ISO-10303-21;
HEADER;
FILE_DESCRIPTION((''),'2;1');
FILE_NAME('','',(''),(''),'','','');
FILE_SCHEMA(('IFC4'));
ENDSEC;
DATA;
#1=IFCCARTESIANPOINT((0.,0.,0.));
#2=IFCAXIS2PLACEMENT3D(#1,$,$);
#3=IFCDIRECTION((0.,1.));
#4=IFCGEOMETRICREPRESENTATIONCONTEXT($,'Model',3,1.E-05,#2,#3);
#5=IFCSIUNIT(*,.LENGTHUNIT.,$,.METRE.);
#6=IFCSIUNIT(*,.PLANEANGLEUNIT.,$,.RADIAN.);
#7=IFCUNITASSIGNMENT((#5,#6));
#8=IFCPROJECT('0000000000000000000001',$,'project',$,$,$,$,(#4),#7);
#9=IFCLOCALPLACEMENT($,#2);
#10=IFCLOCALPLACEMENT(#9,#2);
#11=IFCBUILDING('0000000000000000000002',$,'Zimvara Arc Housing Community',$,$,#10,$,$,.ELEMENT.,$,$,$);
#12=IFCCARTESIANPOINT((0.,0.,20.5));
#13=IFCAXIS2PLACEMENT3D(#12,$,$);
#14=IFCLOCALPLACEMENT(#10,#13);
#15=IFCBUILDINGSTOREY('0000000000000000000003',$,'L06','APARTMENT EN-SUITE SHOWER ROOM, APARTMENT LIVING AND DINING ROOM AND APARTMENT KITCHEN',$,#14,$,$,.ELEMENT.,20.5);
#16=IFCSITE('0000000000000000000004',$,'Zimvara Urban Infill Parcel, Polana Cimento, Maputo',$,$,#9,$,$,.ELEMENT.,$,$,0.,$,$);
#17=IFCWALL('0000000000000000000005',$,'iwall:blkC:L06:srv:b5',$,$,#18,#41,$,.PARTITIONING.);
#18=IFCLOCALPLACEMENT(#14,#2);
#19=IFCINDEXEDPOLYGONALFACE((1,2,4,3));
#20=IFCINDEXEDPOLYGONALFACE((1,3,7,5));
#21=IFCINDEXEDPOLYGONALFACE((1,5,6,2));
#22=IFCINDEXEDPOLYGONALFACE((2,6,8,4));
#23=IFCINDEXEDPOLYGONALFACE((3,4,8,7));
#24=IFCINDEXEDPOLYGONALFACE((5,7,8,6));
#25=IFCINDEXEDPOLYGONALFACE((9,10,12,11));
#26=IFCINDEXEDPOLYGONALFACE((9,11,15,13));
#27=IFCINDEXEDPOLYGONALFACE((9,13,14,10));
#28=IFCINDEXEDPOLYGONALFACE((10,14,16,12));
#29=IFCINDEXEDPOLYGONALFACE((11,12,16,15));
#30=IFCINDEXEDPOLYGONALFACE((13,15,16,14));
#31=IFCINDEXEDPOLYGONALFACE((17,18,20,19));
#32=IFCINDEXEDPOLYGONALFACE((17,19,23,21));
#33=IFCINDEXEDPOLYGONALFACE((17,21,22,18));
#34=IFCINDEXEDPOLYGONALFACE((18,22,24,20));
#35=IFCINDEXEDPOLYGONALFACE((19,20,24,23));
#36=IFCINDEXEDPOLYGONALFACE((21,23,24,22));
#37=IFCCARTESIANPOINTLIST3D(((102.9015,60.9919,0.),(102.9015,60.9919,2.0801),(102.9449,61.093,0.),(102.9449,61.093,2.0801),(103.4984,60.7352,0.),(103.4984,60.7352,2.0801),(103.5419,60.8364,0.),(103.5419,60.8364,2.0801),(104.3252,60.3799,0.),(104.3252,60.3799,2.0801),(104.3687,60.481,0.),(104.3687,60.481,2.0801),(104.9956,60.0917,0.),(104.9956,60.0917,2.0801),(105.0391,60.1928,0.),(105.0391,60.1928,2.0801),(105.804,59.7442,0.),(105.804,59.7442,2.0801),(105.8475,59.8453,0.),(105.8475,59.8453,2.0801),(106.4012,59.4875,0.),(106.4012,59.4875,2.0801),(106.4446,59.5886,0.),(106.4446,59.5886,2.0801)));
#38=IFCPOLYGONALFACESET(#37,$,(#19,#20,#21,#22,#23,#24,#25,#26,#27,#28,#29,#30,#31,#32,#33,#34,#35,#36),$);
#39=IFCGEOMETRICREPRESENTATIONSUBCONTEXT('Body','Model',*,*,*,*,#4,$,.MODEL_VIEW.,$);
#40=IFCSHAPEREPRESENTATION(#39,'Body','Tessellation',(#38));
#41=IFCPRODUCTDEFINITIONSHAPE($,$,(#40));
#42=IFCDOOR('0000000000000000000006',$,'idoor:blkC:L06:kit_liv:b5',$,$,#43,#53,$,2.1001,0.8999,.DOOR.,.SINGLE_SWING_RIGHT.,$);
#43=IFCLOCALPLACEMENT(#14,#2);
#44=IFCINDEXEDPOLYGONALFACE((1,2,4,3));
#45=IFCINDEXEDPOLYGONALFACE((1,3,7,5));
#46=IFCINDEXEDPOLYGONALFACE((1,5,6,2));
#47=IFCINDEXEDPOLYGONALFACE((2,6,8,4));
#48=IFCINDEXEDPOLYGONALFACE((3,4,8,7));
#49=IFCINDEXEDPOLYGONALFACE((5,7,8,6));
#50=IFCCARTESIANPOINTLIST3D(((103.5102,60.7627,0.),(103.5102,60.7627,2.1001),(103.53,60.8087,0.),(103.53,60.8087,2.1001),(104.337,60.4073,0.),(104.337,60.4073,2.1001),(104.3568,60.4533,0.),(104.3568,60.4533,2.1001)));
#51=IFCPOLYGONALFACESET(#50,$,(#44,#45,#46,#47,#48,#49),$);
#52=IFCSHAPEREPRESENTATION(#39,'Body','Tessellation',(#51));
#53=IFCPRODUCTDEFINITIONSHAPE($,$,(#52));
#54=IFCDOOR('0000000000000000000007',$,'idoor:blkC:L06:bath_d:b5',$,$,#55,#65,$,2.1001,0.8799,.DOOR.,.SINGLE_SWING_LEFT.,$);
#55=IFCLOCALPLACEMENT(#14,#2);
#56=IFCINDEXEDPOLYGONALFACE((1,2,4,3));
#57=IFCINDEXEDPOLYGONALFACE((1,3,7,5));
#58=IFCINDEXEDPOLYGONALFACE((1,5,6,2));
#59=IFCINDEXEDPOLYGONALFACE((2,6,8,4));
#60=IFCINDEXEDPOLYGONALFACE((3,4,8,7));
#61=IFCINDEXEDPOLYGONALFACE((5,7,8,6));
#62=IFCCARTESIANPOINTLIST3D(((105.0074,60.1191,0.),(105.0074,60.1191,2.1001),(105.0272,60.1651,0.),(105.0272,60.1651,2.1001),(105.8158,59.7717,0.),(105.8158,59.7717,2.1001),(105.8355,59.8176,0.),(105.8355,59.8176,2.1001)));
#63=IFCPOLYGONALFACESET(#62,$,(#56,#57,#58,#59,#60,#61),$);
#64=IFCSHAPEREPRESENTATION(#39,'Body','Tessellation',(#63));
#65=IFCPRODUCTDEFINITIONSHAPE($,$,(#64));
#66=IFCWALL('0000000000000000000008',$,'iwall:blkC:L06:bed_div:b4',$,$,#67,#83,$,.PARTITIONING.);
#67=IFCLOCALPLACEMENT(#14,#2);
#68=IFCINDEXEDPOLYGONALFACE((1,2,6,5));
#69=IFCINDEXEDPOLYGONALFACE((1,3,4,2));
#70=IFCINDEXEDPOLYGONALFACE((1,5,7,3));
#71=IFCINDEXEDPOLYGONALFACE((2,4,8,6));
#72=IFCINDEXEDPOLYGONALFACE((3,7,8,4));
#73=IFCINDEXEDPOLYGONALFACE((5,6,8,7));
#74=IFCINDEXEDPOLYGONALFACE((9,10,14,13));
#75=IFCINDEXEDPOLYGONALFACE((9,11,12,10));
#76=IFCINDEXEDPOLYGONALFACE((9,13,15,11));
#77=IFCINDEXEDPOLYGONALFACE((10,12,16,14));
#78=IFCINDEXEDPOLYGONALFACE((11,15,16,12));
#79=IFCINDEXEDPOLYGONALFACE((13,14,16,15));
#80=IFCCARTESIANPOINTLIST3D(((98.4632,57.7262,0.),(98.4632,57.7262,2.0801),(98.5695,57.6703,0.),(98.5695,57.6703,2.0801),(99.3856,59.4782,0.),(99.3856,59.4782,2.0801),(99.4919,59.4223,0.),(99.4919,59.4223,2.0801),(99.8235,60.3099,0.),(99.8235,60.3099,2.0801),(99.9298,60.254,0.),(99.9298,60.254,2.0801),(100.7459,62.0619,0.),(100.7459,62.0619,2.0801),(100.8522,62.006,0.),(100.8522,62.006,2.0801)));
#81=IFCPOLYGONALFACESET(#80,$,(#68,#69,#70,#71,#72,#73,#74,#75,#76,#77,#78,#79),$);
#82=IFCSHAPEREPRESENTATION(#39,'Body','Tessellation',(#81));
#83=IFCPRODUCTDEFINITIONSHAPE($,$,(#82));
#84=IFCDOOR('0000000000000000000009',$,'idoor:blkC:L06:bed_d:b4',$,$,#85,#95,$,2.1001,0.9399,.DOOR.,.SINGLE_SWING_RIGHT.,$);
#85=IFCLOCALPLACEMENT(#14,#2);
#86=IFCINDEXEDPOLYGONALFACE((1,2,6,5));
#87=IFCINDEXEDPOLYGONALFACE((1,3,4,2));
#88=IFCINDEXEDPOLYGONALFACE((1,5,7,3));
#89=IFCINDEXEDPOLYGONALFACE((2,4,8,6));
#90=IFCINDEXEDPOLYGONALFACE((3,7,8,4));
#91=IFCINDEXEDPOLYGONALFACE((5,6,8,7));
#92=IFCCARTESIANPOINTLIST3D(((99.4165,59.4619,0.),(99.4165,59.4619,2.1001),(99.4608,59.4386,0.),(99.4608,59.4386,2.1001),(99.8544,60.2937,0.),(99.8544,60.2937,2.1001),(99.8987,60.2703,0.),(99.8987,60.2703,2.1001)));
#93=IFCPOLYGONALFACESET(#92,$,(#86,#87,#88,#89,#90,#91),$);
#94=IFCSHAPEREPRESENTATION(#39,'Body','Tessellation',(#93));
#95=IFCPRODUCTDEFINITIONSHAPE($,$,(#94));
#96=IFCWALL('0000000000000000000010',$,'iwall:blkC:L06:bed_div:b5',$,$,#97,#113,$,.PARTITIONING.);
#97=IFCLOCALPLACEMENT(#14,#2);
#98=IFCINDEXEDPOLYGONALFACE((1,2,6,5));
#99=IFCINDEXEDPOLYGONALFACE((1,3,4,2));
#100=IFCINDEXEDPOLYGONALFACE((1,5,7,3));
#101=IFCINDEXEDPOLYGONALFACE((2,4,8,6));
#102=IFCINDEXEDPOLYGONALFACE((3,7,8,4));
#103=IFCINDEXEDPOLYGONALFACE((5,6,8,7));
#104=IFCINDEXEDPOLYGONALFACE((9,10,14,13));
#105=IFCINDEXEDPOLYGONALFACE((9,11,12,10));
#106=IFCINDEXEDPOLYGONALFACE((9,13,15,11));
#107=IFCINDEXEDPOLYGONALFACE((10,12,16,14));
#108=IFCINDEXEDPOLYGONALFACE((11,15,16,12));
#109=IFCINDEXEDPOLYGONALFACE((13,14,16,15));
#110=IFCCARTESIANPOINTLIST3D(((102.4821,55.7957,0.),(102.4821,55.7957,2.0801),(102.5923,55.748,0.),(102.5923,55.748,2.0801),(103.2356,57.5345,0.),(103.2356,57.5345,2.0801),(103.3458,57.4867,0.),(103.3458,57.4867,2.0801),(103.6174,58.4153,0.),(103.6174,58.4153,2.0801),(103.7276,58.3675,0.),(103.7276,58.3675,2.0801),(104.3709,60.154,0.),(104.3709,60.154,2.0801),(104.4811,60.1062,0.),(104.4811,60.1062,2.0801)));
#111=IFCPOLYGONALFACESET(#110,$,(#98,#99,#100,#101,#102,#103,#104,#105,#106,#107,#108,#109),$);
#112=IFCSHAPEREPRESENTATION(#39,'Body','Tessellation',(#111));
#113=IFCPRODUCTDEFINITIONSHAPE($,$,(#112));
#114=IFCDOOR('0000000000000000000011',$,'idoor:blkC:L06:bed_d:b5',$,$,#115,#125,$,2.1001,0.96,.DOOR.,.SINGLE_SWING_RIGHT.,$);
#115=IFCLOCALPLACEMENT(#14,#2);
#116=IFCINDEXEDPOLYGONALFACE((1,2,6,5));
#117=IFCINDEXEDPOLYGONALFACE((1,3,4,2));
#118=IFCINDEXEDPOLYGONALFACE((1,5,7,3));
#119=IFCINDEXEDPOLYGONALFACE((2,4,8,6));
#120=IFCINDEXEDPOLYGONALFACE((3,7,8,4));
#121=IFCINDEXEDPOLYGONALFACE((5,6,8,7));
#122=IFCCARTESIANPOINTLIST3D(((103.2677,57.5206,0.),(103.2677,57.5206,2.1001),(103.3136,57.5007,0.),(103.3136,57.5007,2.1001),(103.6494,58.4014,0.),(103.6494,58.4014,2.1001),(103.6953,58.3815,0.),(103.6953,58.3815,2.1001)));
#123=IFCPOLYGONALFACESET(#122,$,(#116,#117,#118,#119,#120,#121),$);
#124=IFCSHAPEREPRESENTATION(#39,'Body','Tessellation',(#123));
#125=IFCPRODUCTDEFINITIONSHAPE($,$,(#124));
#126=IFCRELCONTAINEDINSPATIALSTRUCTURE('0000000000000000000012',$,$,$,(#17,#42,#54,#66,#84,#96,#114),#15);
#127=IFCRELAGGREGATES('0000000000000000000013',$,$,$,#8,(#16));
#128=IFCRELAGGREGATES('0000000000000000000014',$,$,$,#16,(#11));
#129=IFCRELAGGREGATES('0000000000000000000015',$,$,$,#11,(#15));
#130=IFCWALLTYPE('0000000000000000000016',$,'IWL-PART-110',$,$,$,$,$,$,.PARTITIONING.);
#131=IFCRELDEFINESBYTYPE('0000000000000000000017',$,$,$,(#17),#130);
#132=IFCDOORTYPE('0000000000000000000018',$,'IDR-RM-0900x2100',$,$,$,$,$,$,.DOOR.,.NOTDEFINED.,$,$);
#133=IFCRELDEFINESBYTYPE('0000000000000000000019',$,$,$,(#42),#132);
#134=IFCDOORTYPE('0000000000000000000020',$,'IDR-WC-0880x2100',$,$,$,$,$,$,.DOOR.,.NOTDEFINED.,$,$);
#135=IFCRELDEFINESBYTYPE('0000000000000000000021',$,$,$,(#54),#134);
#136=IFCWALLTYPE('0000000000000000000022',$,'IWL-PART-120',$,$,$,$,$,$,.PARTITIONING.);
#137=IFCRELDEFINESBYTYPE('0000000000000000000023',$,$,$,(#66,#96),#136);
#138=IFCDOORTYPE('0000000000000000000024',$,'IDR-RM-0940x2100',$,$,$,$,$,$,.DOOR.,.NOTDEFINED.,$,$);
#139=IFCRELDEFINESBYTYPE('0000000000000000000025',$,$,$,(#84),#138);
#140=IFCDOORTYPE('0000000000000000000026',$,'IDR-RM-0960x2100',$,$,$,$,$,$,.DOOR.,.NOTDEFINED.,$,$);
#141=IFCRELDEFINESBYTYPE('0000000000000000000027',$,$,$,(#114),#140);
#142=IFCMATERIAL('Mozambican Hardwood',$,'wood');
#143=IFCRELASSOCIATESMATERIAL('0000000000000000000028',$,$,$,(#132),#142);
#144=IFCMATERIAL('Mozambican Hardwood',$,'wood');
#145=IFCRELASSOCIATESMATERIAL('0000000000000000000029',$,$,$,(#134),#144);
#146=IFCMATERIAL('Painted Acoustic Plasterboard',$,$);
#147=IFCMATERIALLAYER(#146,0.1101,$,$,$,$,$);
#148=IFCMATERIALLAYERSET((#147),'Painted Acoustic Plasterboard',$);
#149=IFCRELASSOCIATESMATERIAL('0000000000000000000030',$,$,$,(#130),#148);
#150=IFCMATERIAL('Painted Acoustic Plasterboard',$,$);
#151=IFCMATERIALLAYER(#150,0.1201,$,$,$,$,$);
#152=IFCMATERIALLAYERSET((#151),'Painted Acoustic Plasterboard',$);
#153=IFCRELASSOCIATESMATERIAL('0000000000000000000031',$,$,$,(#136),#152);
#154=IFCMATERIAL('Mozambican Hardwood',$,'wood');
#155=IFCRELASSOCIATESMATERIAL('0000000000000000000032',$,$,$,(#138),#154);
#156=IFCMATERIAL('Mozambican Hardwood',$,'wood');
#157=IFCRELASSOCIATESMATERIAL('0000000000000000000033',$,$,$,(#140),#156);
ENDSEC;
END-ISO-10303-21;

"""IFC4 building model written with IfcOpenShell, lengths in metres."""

from ifc_helpers import new_model, si_unit, direction, frame, frame_2d, origin, place, context, subcontext, project, spatial, rectangle, extrude, material, layer, layer_set, type_object, element, fill, save


model = new_model("IFC4")

# Units and contexts
model_context = context("Model", 3, precision=1e-05, world=origin(), true_north=direction((0.0, 1.0)))
body_context = subcontext(model_context, "Body", "Model", "MODEL_VIEW")
ifc_project = project(units=[si_unit("LENGTHUNIT", "METRE"), si_unit("PLANEANGLEUNIT", "RADIAN")], contexts=[model_context])

# Site, building, storey
site_placement = place(None, origin())
site = spatial("IfcSite", under=ifc_project, at=site_placement, Name="Zimvara Urban Infill Parcel, Polana Cimento, Maputo", CompositionType="ELEMENT", RefElevation=0.0)
building_placement = place(site_placement, origin())
building = spatial("IfcBuilding", under=site, at=building_placement, Name="Zimvara Arc Housing Community", CompositionType="ELEMENT")
storey_placement = place(building_placement, frame((0.0, 0.0, 20.5)))
storey = spatial("IfcBuildingStorey", under=building, at=storey_placement, Name="L06", Description="APARTMENT EN-SUITE SHOWER ROOM, APARTMENT LIVING AND DINING ROOM AND APARTMENT KITCHEN", CompositionType="ELEMENT", Elevation=20.5)

# Wall, openings, doors
ifc_material_1 = material(Name="Mozambican Hardwood", Category="wood")
door_type_1 = type_object("IfcDoorType", Name="IDR-RM-0900x2100", OperationType="NOTDEFINED", PredefinedType="DOOR", material=ifc_material_1)
ifc_material_2 = material(Name="Mozambican Hardwood", Category="wood")
door_type_2 = type_object("IfcDoorType", Name="IDR-WC-0880x2100", OperationType="NOTDEFINED", PredefinedType="DOOR", material=ifc_material_2)
ifc_material_3 = material(Name="Painted Acoustic Plasterboard")
ifc_layer_1 = layer(ifc_material_3, 0.1101)
ifc_layer_set_1 = layer_set([ifc_layer_1], Name="Painted Acoustic Plasterboard")
wall_type_1 = type_object("IfcWallType", Name="IWL-PART-110", PredefinedType="PARTITIONING", material=ifc_layer_set_1)
wall_1_placement = place(storey_placement, frame((102.9231, 61.0425, 0.0), z_axis=(0.0, 0.0, 1.0), x_axis=(0.918717, -0.394917, 0.0)))
wall_1 = element("IfcWall", 1, at=wall_1_placement, inside=storey, type_object=wall_type_1, Name="iwall:blkC:L06:srv:b5", PredefinedType="PARTITIONING", context=body_context, shape_type="SweptSolid", body=[
    extrude(rectangle(XDim=3.8093, YDim=0.1101, at=frame_2d((1.9048, 0.0))), origin(), (0.0, 0.0, 1.0), 2.0801),
])
opening_1_placement = place(wall_1_placement, frame((0.6499, 0.0, 0.0)))
opening_1 = element("IfcOpeningElement", 2, at=opening_1_placement, cuts=wall_1, PredefinedType="OPENING", context=body_context, shape_type="SweptSolid", body=[
    extrude(rectangle(XDim=0.8999, YDim=2.1001, at=frame_2d((0.45, 1.05))), frame((0.0, 0.0649, 0.0), z_axis=(0.0, -1.0, 0.0), x_axis=(1.0, 0.0, 0.0)), (0.0, 0.0, 1.0), 0.1301),
])
opening_2_placement = place(wall_1_placement, frame((2.2795, 0.0, 0.0)))
opening_2 = element("IfcOpeningElement", 3, at=opening_2_placement, cuts=wall_1, PredefinedType="OPENING", context=body_context, shape_type="SweptSolid", body=[
    extrude(rectangle(XDim=0.8799, YDim=2.1001, at=frame_2d((0.4399, 1.05))), frame((0.0, 0.0649, 0.0), z_axis=(0.0, -1.0, 0.0), x_axis=(1.0, 0.0, 0.0)), (0.0, 0.0, 1.0), 0.1301),
])
door_1_placement = place(opening_1_placement, origin())
door_1 = element("IfcDoor", 4, at=door_1_placement, inside=storey, type_object=door_type_1, Name="idoor:blkC:L06:kit_liv:b5", OperationType="SINGLE_SWING_RIGHT", OverallHeight=2.1001, OverallWidth=0.8999, PredefinedType="DOOR", context=body_context, shape_type="SweptSolid", body=[
    extrude(rectangle(XDim=0.8999, YDim=2.1001, at=frame_2d((0.45, 1.05))), frame((0.0, 0.0249, 0.0), z_axis=(0.0, -1.0, 0.0), x_axis=(1.0, 0.0, 0.0)), (0.0, 0.0, 1.0), 0.05),
])
fill(opening_1, door_1)
door_2_placement = place(opening_2_placement, origin())
door_2 = element("IfcDoor", 5, at=door_2_placement, inside=storey, type_object=door_type_2, Name="idoor:blkC:L06:bath_d:b5", OperationType="SINGLE_SWING_LEFT", OverallHeight=2.1001, OverallWidth=0.8799, PredefinedType="DOOR", context=body_context, shape_type="SweptSolid", body=[
    extrude(rectangle(XDim=0.8799, YDim=2.1001, at=frame_2d((0.4399, 1.05))), frame((0.0, 0.0249, 0.0), z_axis=(0.0, -1.0, 0.0), x_axis=(1.0, 0.0, 0.0)), (0.0, 0.0, 1.0), 0.05),
])
fill(opening_2, door_2)

# Walls, openings, doors
ifc_material_4 = material(Name="Painted Acoustic Plasterboard")
ifc_layer_2 = layer(ifc_material_4, 0.1201)
ifc_layer_set_2 = layer_set([ifc_layer_2], Name="Painted Acoustic Plasterboard")
wall_type_2 = type_object("IfcWallType", Name="IWL-PART-120", PredefinedType="PARTITIONING", material=ifc_layer_set_2)
wall_2_placement = place(storey_placement, frame((100.7991, 62.0339, 0.0), z_axis=(0.0, 0.0, 1.0), x_axis=(-0.46587, -0.884853, 0.0)))
wall_2 = element("IfcWall", 6, at=wall_2_placement, inside=storey, type_object=wall_type_2, Name="iwall:blkC:L06:bed_div:b4", PredefinedType="PARTITIONING", context=body_context, shape_type="SweptSolid", body=[
    extrude(rectangle(XDim=4.8999, YDim=0.1201, at=frame_2d((2.45, 0.0))), origin(), (0.0, 0.0, 1.0), 2.0801),
])
opening_3_placement = place(wall_2_placement, frame((1.98, 0.0, 0.0)))
opening_3 = element("IfcOpeningElement", 7, at=opening_3_placement, cuts=wall_2, PredefinedType="OPENING", context=body_context, shape_type="SweptSolid", body=[
    extrude(rectangle(XDim=0.9399, YDim=2.1001, at=frame_2d((0.47, 1.05))), frame((0.0, 0.0701, 0.0), z_axis=(0.0, -1.0, 0.0), x_axis=(1.0, 0.0, 0.0)), (0.0, 0.0, 1.0), 0.1401),
])
ifc_material_5 = material(Name="Mozambican Hardwood", Category="wood")
door_type_3 = type_object("IfcDoorType", Name="IDR-RM-0940x2100", OperationType="NOTDEFINED", PredefinedType="DOOR", material=ifc_material_5)
door_3_placement = place(opening_3_placement, origin())
door_3 = element("IfcDoor", 8, at=door_3_placement, inside=storey, type_object=door_type_3, Name="idoor:blkC:L06:bed_d:b4", OperationType="SINGLE_SWING_RIGHT", OverallHeight=2.1001, OverallWidth=0.9399, PredefinedType="DOOR", context=body_context, shape_type="SweptSolid", body=[
    extrude(rectangle(XDim=0.9399, YDim=2.1001, at=frame_2d((0.47, 1.05))), frame((0.0, 0.0249, 0.0), z_axis=(0.0, -1.0, 0.0), x_axis=(1.0, 0.0, 0.0)), (0.0, 0.0, 1.0), 0.05),
])
fill(opening_3, door_3)
wall_3_placement = place(storey_placement, frame((104.426, 60.1301, 0.0), z_axis=(0.0, 0.0, 1.0), x_axis=(-0.397656, -0.917534, 0.0)))
wall_3 = element("IfcWall", 9, at=wall_3_placement, inside=storey, type_object=wall_type_2, Name="iwall:blkC:L06:bed_div:b5", PredefinedType="PARTITIONING", context=body_context, shape_type="SweptSolid", body=[
    extrude(rectangle(XDim=4.75, YDim=0.1201, at=frame_2d((2.375, 0.0))), origin(), (0.0, 0.0, 1.0), 2.0801),
])
opening_4_placement = place(wall_3_placement, frame((1.895, 0.0, 0.0)))
opening_4 = element("IfcOpeningElement", 10, at=opening_4_placement, cuts=wall_3, PredefinedType="OPENING", context=body_context, shape_type="SweptSolid", body=[
    extrude(rectangle(XDim=0.96, YDim=2.1001, at=frame_2d((0.48, 1.05))), frame((0.0, 0.0701, 0.0), z_axis=(0.0, -1.0, 0.0), x_axis=(1.0, 0.0, 0.0)), (0.0, 0.0, 1.0), 0.1401),
])
ifc_material_6 = material(Name="Mozambican Hardwood", Category="wood")
door_type_4 = type_object("IfcDoorType", Name="IDR-RM-0960x2100", OperationType="NOTDEFINED", PredefinedType="DOOR", material=ifc_material_6)
door_4_placement = place(opening_4_placement, origin())
door_4 = element("IfcDoor", 11, at=door_4_placement, inside=storey, type_object=door_type_4, Name="idoor:blkC:L06:bed_d:b5", OperationType="SINGLE_SWING_RIGHT", OverallHeight=2.1001, OverallWidth=0.96, PredefinedType="DOOR", context=body_context, shape_type="SweptSolid", body=[
    extrude(rectangle(XDim=0.96, YDim=2.1001, at=frame_2d((0.48, 1.05))), frame((0.0, 0.0249, 0.0), z_axis=(0.0, -1.0, 0.0), x_axis=(1.0, 0.0, 0.0)), (0.0, 0.0, 1.0), 0.05),
])
fill(opening_4, door_4)

save(model, "model.ifc")
